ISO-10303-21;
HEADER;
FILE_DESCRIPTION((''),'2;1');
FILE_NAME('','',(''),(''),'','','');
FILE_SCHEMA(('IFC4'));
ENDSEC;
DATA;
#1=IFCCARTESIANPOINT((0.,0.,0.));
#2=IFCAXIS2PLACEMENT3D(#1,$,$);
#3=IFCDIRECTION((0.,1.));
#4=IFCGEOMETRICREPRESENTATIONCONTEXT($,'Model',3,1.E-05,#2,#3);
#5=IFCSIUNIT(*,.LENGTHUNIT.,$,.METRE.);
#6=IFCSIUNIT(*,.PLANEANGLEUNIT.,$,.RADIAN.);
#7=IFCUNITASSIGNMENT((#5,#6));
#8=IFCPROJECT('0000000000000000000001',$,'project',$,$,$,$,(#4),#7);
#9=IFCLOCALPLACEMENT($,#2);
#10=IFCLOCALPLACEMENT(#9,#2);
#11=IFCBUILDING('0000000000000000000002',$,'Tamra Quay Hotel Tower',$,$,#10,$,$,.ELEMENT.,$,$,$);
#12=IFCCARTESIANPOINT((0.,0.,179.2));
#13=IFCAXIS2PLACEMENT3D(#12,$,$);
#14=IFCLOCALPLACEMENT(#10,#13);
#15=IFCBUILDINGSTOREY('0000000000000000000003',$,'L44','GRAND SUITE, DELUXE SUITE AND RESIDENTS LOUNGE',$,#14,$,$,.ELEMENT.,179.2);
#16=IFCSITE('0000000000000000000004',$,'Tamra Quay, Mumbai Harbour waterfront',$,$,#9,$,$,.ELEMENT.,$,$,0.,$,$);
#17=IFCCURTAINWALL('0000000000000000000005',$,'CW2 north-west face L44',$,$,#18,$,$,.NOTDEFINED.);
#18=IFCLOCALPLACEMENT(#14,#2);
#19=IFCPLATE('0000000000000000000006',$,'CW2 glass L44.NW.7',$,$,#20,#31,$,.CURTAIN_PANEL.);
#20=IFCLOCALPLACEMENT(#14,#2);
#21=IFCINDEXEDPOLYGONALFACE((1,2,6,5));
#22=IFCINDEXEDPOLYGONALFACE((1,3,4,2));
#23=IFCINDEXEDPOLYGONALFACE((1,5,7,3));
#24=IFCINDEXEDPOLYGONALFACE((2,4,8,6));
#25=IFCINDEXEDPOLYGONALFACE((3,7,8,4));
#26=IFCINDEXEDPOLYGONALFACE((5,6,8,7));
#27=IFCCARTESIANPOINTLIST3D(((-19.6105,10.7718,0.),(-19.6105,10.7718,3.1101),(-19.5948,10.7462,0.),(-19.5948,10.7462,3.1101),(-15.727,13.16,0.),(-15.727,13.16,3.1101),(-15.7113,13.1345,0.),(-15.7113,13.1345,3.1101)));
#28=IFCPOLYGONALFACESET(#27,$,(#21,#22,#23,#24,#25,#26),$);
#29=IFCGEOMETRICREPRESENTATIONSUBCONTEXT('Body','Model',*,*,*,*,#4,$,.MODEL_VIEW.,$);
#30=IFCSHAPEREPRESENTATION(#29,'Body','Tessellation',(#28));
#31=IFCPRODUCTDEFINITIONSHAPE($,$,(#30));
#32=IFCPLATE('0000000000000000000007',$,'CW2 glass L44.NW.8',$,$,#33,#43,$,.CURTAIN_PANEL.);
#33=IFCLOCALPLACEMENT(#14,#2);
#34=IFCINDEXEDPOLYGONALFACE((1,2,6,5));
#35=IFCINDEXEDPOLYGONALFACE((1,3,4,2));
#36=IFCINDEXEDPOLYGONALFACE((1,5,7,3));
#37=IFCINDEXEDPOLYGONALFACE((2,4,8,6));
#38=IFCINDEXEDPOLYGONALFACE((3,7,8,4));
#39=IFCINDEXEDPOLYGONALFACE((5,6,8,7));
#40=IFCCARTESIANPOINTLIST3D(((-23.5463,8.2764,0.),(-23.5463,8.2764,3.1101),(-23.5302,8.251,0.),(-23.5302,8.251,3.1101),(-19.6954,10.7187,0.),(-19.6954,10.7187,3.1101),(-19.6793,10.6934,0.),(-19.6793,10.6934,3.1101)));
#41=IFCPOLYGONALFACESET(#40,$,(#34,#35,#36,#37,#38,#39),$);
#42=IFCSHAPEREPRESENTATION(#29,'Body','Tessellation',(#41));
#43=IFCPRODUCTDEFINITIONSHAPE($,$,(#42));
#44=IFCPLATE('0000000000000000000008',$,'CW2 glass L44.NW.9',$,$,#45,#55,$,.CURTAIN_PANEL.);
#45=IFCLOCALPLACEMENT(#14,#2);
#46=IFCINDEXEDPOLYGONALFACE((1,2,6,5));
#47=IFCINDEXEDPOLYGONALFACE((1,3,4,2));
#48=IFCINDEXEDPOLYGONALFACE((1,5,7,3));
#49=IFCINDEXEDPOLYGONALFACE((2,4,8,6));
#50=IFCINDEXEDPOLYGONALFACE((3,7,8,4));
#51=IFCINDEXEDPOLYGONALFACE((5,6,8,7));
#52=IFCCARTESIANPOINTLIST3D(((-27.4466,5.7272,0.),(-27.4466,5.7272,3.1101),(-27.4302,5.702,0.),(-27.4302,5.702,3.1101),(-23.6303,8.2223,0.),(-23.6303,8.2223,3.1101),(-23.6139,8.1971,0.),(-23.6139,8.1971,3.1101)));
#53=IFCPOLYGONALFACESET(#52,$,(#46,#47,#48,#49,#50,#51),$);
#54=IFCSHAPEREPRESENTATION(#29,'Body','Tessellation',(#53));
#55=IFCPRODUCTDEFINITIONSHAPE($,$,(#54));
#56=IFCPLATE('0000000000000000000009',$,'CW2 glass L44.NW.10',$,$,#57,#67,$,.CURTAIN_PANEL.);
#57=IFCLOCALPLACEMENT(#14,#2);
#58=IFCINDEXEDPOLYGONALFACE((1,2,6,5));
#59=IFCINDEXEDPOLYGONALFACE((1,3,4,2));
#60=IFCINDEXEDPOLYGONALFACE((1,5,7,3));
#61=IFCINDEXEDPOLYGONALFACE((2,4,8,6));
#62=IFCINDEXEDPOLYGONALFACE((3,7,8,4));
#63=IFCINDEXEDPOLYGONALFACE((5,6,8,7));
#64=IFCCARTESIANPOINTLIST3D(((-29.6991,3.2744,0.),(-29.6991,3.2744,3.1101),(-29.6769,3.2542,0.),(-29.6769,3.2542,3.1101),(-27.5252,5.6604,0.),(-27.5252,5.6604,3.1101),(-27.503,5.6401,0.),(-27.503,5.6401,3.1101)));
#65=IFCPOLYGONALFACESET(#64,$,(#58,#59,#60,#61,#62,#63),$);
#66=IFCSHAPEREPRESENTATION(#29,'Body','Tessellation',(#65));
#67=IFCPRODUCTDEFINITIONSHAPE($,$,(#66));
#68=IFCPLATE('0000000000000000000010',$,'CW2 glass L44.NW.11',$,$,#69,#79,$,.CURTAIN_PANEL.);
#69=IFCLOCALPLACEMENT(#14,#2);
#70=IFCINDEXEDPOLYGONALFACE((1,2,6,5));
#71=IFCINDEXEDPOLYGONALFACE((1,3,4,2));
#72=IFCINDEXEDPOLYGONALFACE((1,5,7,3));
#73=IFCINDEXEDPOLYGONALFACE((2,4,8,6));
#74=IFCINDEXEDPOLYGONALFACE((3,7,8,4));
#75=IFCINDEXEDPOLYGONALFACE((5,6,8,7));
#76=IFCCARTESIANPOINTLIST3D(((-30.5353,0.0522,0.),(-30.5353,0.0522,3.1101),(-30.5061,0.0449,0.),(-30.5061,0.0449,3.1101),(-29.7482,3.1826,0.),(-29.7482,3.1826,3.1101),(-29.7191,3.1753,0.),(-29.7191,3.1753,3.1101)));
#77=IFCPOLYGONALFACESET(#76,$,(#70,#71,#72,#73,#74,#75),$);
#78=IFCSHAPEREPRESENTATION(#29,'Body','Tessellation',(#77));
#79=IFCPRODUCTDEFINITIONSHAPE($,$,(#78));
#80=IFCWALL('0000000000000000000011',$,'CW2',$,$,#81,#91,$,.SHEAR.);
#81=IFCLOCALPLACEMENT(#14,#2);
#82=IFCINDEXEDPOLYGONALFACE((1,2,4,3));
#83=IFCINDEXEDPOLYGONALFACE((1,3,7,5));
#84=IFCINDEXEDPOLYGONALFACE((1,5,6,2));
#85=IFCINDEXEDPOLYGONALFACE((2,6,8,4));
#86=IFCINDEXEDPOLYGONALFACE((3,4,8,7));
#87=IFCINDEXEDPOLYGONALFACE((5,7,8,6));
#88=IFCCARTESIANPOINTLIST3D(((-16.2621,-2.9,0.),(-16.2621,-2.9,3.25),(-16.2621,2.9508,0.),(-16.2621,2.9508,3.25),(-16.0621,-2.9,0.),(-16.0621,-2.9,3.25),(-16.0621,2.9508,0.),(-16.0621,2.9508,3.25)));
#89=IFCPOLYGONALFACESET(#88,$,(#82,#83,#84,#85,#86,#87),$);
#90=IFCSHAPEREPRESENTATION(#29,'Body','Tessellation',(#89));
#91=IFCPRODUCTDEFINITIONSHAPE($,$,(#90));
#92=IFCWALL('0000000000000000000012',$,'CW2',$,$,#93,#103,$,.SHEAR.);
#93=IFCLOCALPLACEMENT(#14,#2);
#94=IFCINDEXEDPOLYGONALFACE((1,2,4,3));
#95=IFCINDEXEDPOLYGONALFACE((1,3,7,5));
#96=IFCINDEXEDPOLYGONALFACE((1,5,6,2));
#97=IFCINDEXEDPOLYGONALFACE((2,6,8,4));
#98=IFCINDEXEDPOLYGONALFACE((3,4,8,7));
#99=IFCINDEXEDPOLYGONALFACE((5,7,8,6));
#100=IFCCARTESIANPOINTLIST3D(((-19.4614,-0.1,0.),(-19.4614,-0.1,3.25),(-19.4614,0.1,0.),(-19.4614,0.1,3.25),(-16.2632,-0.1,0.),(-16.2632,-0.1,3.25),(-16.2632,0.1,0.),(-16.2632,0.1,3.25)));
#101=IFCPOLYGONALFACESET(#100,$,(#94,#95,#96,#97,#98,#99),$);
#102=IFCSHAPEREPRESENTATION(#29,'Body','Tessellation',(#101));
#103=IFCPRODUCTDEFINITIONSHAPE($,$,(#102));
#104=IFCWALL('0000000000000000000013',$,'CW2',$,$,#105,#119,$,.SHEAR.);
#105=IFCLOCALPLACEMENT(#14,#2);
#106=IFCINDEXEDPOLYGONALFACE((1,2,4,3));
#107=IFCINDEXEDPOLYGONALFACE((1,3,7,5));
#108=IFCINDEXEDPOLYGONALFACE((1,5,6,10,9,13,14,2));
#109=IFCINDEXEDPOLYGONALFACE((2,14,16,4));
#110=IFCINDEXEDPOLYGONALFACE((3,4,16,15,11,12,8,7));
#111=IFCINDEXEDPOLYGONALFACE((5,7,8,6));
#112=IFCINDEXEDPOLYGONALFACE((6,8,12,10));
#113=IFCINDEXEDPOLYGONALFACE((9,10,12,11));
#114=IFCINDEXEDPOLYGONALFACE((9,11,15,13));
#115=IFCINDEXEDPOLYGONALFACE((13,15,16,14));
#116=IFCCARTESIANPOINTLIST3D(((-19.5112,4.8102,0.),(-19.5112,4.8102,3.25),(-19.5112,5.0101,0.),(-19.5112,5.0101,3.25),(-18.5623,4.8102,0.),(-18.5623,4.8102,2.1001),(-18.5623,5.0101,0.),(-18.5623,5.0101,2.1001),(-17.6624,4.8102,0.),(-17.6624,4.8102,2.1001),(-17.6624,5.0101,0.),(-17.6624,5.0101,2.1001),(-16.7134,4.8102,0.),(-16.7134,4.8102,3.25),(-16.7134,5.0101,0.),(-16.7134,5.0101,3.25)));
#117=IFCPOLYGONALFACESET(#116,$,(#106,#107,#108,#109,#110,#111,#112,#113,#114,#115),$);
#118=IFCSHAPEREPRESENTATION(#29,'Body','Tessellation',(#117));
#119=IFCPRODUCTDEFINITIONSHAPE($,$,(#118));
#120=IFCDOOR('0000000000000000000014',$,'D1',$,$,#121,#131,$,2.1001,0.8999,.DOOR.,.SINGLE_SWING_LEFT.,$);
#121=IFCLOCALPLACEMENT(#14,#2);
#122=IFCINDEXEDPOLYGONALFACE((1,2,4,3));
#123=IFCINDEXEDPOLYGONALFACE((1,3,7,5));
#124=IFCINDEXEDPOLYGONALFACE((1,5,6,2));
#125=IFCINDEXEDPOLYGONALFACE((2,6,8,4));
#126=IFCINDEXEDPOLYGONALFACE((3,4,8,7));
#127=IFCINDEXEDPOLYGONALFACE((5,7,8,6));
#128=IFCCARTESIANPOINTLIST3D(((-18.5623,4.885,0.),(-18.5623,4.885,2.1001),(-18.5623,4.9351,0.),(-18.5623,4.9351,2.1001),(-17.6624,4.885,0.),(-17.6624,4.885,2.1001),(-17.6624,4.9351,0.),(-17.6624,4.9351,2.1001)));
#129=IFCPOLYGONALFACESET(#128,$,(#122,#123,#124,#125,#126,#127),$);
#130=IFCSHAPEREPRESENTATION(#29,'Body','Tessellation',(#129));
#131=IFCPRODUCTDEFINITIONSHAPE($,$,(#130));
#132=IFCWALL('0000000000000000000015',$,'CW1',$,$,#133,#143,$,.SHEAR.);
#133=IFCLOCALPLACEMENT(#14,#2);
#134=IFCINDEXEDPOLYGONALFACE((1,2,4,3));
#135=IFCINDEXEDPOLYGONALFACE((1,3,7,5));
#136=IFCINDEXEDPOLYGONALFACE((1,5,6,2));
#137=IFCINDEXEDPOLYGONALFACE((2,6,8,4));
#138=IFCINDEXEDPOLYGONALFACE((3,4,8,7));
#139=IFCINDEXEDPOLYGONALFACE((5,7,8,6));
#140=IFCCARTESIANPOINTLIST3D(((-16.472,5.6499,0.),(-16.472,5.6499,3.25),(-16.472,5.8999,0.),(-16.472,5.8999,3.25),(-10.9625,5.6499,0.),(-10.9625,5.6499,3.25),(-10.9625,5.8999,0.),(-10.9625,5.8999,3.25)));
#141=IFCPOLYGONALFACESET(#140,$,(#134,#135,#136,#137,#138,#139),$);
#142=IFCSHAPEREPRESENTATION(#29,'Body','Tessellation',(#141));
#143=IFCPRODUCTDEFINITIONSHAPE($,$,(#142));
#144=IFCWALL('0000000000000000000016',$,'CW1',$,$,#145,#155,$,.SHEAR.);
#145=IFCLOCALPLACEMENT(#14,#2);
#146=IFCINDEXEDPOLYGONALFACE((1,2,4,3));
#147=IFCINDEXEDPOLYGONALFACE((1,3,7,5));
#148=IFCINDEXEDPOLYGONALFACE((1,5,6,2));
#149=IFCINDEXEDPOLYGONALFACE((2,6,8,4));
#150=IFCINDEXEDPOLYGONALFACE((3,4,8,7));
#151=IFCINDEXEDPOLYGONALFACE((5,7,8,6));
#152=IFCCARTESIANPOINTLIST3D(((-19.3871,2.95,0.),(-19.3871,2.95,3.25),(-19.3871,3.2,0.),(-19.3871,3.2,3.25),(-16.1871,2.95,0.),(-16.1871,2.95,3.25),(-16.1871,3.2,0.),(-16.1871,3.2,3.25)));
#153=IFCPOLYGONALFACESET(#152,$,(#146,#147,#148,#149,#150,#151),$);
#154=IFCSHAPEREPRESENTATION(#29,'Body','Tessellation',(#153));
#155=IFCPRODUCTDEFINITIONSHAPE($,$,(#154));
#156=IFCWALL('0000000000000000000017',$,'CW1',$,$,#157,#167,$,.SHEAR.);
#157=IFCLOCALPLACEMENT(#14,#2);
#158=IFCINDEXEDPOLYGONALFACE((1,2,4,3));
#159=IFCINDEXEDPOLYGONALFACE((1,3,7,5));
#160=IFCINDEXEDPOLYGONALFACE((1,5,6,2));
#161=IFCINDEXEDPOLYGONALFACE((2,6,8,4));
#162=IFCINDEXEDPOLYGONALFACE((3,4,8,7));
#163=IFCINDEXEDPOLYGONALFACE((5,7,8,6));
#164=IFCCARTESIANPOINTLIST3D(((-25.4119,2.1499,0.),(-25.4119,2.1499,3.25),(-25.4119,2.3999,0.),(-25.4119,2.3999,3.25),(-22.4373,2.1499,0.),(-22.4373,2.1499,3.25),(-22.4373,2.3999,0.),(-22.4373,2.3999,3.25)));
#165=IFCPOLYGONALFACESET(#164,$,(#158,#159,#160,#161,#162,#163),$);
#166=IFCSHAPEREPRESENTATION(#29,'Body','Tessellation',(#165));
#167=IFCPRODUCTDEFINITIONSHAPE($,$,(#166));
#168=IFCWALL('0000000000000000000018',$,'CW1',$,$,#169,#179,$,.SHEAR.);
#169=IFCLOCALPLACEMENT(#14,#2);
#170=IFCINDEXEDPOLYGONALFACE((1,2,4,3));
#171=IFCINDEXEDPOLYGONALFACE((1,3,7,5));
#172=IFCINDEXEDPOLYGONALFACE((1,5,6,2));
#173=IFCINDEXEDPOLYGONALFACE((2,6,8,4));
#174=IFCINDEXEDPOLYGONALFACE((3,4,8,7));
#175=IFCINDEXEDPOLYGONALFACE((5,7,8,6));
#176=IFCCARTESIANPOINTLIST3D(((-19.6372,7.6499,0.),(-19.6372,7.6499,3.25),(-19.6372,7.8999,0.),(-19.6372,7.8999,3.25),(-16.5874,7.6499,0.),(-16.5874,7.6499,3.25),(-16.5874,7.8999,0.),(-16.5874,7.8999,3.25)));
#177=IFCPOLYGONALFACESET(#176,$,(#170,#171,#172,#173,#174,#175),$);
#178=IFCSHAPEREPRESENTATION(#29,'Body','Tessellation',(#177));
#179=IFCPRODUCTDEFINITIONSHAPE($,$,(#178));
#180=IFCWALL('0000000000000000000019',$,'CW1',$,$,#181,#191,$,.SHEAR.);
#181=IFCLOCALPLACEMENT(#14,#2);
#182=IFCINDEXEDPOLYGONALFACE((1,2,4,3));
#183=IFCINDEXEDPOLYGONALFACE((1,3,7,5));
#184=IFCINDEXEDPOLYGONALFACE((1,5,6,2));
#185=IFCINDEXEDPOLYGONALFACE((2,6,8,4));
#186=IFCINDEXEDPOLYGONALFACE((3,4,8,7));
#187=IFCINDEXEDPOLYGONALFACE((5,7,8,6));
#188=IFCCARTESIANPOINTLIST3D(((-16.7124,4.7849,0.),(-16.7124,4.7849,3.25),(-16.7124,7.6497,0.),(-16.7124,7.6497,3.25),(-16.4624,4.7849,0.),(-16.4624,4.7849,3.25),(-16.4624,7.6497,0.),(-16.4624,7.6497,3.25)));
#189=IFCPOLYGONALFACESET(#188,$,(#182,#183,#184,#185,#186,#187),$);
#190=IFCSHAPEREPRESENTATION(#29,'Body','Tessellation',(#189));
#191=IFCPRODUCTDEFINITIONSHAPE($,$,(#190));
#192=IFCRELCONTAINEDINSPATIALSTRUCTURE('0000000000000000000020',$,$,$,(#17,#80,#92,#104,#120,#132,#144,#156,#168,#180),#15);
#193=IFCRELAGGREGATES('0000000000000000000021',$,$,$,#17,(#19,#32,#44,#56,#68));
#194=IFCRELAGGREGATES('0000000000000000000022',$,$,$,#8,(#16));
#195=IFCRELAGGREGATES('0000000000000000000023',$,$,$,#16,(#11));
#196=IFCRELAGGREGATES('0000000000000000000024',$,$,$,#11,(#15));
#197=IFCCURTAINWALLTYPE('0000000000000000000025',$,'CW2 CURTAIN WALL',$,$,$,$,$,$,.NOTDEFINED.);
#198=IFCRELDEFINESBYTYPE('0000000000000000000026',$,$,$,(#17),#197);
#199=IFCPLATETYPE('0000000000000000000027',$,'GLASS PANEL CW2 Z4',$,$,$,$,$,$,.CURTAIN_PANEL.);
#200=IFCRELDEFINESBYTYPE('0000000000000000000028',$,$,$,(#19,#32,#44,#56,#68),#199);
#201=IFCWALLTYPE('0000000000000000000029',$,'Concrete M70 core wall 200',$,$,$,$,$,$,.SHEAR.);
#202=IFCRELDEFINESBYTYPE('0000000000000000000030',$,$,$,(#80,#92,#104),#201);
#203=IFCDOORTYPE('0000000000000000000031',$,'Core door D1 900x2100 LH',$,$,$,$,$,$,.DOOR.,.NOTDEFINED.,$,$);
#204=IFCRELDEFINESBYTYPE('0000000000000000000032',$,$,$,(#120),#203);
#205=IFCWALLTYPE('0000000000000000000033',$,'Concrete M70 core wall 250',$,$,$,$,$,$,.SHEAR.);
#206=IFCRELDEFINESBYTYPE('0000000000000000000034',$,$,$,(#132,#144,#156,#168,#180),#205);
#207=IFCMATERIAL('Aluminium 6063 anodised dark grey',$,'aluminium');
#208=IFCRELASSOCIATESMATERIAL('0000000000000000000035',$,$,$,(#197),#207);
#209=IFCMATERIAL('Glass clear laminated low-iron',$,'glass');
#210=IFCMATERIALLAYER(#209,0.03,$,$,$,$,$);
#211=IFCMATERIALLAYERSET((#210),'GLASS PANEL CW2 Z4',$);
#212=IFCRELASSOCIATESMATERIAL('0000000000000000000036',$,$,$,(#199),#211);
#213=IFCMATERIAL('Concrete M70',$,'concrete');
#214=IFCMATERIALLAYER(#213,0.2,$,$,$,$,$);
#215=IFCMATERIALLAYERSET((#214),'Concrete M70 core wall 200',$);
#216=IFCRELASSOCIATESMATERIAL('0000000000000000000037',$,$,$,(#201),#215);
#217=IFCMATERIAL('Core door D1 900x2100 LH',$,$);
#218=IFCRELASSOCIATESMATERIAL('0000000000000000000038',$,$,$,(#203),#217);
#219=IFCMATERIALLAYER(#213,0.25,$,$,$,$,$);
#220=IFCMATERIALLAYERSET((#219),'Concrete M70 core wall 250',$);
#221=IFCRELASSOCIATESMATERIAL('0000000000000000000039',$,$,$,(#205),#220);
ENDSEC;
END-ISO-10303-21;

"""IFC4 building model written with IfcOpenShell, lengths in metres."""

from ifc_helpers import new_model, si_unit, direction, frame, frame_2d, origin, origin_2d, place, context, subcontext, project, spatial, rectangle, extrude, material, layer, layer_set, type_object, element, fill, aggregate, save


model = new_model("IFC4")

# Units and contexts
model_context = context("Model", 3, precision=1e-05, world=origin(), true_north=direction((0.0, 1.0)))
body_context = subcontext(model_context, "Body", "Model", "MODEL_VIEW")
ifc_project = project(units=[si_unit("LENGTHUNIT", "METRE"), si_unit("PLANEANGLEUNIT", "RADIAN")], contexts=[model_context])

# Site, building, storey
site_placement = place(None, origin())
site = spatial("IfcSite", under=ifc_project, at=site_placement, Name="Tamra Quay, Mumbai Harbour waterfront", CompositionType="ELEMENT", RefElevation=0.0)
building_placement = place(site_placement, origin())
building = spatial("IfcBuilding", under=site, at=building_placement, Name="Tamra Quay Hotel Tower", CompositionType="ELEMENT")
storey_placement = place(building_placement, frame((0.0, 0.0, 179.2)))
storey = spatial("IfcBuildingStorey", under=building, at=storey_placement, Name="L44", Description="GRAND SUITE, DELUXE SUITE AND RESIDENTS LOUNGE", CompositionType="ELEMENT", Elevation=179.2)

# Shared definitions
ifc_material_1 = material(Name="Concrete M70", Category="concrete")

# Curtain wall
ifc_material_2 = material(Name="Aluminium 6063 anodised dark grey", Category="aluminium")
curtain_wall_type = type_object("IfcCurtainWallType", Name="CW2 CURTAIN WALL", PredefinedType="NOTDEFINED", material=ifc_material_2)
curtain_wall_placement = place(storey_placement, origin())
curtain_wall = element("IfcCurtainWall", 1, at=curtain_wall_placement, inside=storey, type_object=curtain_wall_type, Name="CW2 north-west face L44", PredefinedType="NOTDEFINED")

# Plates
ifc_material_3 = material(Name="Glass clear laminated low-iron", Category="glass")
ifc_layer_1 = layer(ifc_material_3, 0.03)
ifc_layer_set_1 = layer_set([ifc_layer_1], Name="GLASS PANEL CW2 Z4")
plate_type = type_object("IfcPlateType", Name="GLASS PANEL CW2 Z4", PredefinedType="CURTAIN_PANEL", material=ifc_layer_set_1)
plate_1_placement = place(storey_placement, frame((-17.6609, 11.9531, 0.0), z_axis=(0.0, 0.0, 1.0), x_axis=(-0.851815, -0.523843, 0.0)))
plate_1 = element("IfcPlate", 2, at=plate_1_placement, type_object=plate_type, Name="CW2 glass L44.NW.7", PredefinedType="CURTAIN_PANEL", context=body_context, shape_type="SweptSolid", body=[
    extrude(rectangle(XDim=4.5591, YDim=0.03, at=origin_2d()), origin(), (0.0, 0.0, 1.0), 3.1101),
])
plate_2_placement = place(storey_placement, frame((-21.6128, 9.4849, 0.0), z_axis=(0.0, 0.0, 1.0), x_axis=(-0.844476, -0.535594, 0.0)))
plate_2 = element("IfcPlate", 3, at=plate_2_placement, type_object=plate_type, Name="CW2 glass L44.NW.8", PredefinedType="CURTAIN_PANEL", context=body_context, shape_type="SweptSolid", body=[
    extrude(rectangle(XDim=4.5601, YDim=0.03, at=origin_2d()), origin(), (0.0, 0.0, 1.0), 3.1101),
])
plate_3_placement = place(storey_placement, frame((-25.5303, 6.9622, 0.0), z_axis=(0.0, 0.0, 1.0), x_axis=(-0.836986, -0.547224, 0.0)))
plate_3 = element("IfcPlate", 4, at=plate_3_placement, type_object=plate_type, Name="CW2 glass L44.NW.9", PredefinedType="CURTAIN_PANEL", context=body_context, shape_type="SweptSolid", body=[
    extrude(rectangle(XDim=4.5596, YDim=0.03, at=origin_2d()), origin(), (0.0, 0.0, 1.0), 3.1101),
])
plate_4_placement = place(storey_placement, frame((-28.6011, 4.4573, 0.0), z_axis=(0.0, 0.0, 1.0), x_axis=(-0.673496, -0.739191, 0.0)))
plate_4 = element("IfcPlate", 5, at=plate_4_placement, type_object=plate_type, Name="CW2 glass L44.NW.10", PredefinedType="CURTAIN_PANEL", context=body_context, shape_type="SweptSolid", body=[
    extrude(rectangle(XDim=3.2278, YDim=0.03, at=origin_2d()), origin(), (0.0, 0.0, 1.0), 3.1101),
])
plate_5_placement = place(storey_placement, frame((-30.1272, 1.6138, 0.0), z_axis=(0.0, 0.0, 1.0), x_axis=(-0.243826, -0.969819, 0.0)))
plate_5 = element("IfcPlate", 6, at=plate_5_placement, type_object=plate_type, Name="CW2 glass L44.NW.11", PredefinedType="CURTAIN_PANEL", context=body_context, shape_type="SweptSolid", body=[
    extrude(rectangle(XDim=3.2278, YDim=0.03, at=origin_2d()), origin(), (0.0, 0.0, 1.0), 3.1101),
])
aggregate(curtain_wall, [plate_1, plate_2, plate_3, plate_4, plate_5])

# Walls
ifc_layer_2 = layer(ifc_material_1, 0.2)
ifc_layer_set_2 = layer_set([ifc_layer_2], Name="Concrete M70 core wall 200")
wall_type_1 = type_object("IfcWallType", Name="Concrete M70 core wall 200", PredefinedType="SHEAR", material=ifc_layer_set_2)
wall_1_placement = place(storey_placement, frame((-16.1621, 2.9507, 0.0), z_axis=(0.0, 0.0, 1.0), x_axis=(0.0, -1.0, 0.0)))
element("IfcWall", 7, at=wall_1_placement, inside=storey, type_object=wall_type_1, Name="CW2", PredefinedType="SHEAR", context=body_context, shape_type="SweptSolid", body=[
    extrude(rectangle(XDim=5.8508, YDim=0.2, at=frame_2d((2.9253, 0.0))), origin(), (0.0, 0.0, 1.0), 3.25),
])
wall_2_placement = place(storey_placement, frame((-16.2632, 0.0, 0.0), z_axis=(0.0, 0.0, 1.0), x_axis=(-1.0, 0.0, 0.0)))
element("IfcWall", 8, at=wall_2_placement, inside=storey, type_object=wall_type_1, Name="CW2", PredefinedType="SHEAR", context=body_context, shape_type="SweptSolid", body=[
    extrude(rectangle(XDim=3.1982, YDim=0.2, at=frame_2d((1.5991, 0.0))), origin(), (0.0, 0.0, 1.0), 3.25),
])

# Wall, opening, door
wall_3_placement = place(storey_placement, frame((-19.5112, 4.9102, 0.0), z_axis=(0.0, 0.0, 1.0), x_axis=(1.0, 0.0, 0.0)))
wall_3 = element("IfcWall", 9, at=wall_3_placement, inside=storey, type_object=wall_type_1, Name="CW2", PredefinedType="SHEAR", context=body_context, shape_type="SweptSolid", body=[
    extrude(rectangle(XDim=2.7979, YDim=0.2, at=frame_2d((1.3989, 0.0))), origin(), (0.0, 0.0, 1.0), 3.25),
])
opening_placement = place(wall_3_placement, frame((0.949, 0.0, 0.0)))
opening = element("IfcOpeningElement", 10, at=opening_placement, cuts=wall_3, PredefinedType="OPENING", context=body_context, shape_type="SweptSolid", body=[
    extrude(rectangle(XDim=0.8999, YDim=2.1001, at=frame_2d((0.45, 1.05))), frame((0.0, 0.1099, 0.0), z_axis=(0.0, -1.0, 0.0), x_axis=(1.0, 0.0, 0.0)), (0.0, 0.0, 1.0), 0.22),
])
ifc_material_4 = material(Name="Core door D1 900x2100 LH")
door_type = type_object("IfcDoorType", Name="Core door D1 900x2100 LH", OperationType="NOTDEFINED", PredefinedType="DOOR", material=ifc_material_4)
door_placement = place(opening_placement, origin())
door = element("IfcDoor", 11, at=door_placement, inside=storey, type_object=door_type, Name="D1", OperationType="SINGLE_SWING_LEFT", OverallHeight=2.1001, OverallWidth=0.8999, PredefinedType="DOOR", context=body_context, shape_type="SweptSolid", body=[
    extrude(rectangle(XDim=0.8999, YDim=2.1001, at=frame_2d((0.45, 1.05))), frame((0.0, 0.0249, 0.0), z_axis=(0.0, -1.0, 0.0), x_axis=(1.0, 0.0, 0.0)), (0.0, 0.0, 1.0), 0.05),
])
fill(opening, door)

# Walls
ifc_layer_3 = layer(ifc_material_1, 0.25)
ifc_layer_set_3 = layer_set([ifc_layer_3], Name="Concrete M70 core wall 250")
wall_type_2 = type_object("IfcWallType", Name="Concrete M70 core wall 250", PredefinedType="SHEAR", material=ifc_layer_set_3)
wall_4_placement = place(storey_placement, frame((-16.4722, 5.7749, 0.0), z_axis=(0.0, 0.0, 1.0), x_axis=(1.0, 0.0, 0.0)))
element("IfcWall", 12, at=wall_4_placement, inside=storey, type_object=wall_type_2, Name="CW1", PredefinedType="SHEAR", context=body_context, shape_type="SweptSolid", body=[
    extrude(rectangle(XDim=5.5095, YDim=0.25, at=frame_2d((2.7549, 0.0))), origin(), (0.0, 0.0, 1.0), 3.25),
])
wall_5_placement = place(storey_placement, frame((-19.3872, 3.075, 0.0), z_axis=(0.0, 0.0, 1.0), x_axis=(1.0, 0.0, 0.0)))
element("IfcWall", 13, at=wall_5_placement, inside=storey, type_object=wall_type_2, Name="CW1", PredefinedType="SHEAR", context=body_context, shape_type="SweptSolid", body=[
    extrude(rectangle(XDim=3.2, YDim=0.25, at=frame_2d((1.6001, 0.0))), origin(), (0.0, 0.0, 1.0), 3.25),
])
wall_6_placement = place(storey_placement, frame((-25.4119, 2.2749, 0.0), z_axis=(0.0, 0.0, 1.0), x_axis=(1.0, 0.0, 0.0)))
element("IfcWall", 14, at=wall_6_placement, inside=storey, type_object=wall_type_2, Name="CW1", PredefinedType="SHEAR", context=body_context, shape_type="SweptSolid", body=[
    extrude(rectangle(XDim=2.9746, YDim=0.25, at=frame_2d((1.4873, 0.0))), origin(), (0.0, 0.0, 1.0), 3.25),
])
wall_7_placement = place(storey_placement, frame((-19.6372, 7.7749, 0.0), z_axis=(0.0, 0.0, 1.0), x_axis=(1.0, 0.0, 0.0)))
element("IfcWall", 15, at=wall_7_placement, inside=storey, type_object=wall_type_2, Name="CW1", PredefinedType="SHEAR", context=body_context, shape_type="SweptSolid", body=[
    extrude(rectangle(XDim=3.0498, YDim=0.25, at=frame_2d((1.5249, 0.0))), origin(), (0.0, 0.0, 1.0), 3.25),
])
for number, where, z_axis, x_axis, name in (
    (16, (-16.5874, 7.6497, 0.0), (0.0, 0.0, 1.0), (0.0, -1.0, 0.0), "CW1"),
):
    element("IfcWall", number, at=place(storey_placement, frame(where, z_axis=z_axis, x_axis=x_axis)), inside=storey, type_object=wall_type_2, Name=name, PredefinedType="SHEAR", context=body_context, shape_type="SweptSolid", body=[
        extrude(rectangle(XDim=2.8647, YDim=0.25, at=frame_2d((1.4324, 0.0))), origin(), (0.0, 0.0, 1.0), 3.25),
    ])

save(model, "model.ifc")
